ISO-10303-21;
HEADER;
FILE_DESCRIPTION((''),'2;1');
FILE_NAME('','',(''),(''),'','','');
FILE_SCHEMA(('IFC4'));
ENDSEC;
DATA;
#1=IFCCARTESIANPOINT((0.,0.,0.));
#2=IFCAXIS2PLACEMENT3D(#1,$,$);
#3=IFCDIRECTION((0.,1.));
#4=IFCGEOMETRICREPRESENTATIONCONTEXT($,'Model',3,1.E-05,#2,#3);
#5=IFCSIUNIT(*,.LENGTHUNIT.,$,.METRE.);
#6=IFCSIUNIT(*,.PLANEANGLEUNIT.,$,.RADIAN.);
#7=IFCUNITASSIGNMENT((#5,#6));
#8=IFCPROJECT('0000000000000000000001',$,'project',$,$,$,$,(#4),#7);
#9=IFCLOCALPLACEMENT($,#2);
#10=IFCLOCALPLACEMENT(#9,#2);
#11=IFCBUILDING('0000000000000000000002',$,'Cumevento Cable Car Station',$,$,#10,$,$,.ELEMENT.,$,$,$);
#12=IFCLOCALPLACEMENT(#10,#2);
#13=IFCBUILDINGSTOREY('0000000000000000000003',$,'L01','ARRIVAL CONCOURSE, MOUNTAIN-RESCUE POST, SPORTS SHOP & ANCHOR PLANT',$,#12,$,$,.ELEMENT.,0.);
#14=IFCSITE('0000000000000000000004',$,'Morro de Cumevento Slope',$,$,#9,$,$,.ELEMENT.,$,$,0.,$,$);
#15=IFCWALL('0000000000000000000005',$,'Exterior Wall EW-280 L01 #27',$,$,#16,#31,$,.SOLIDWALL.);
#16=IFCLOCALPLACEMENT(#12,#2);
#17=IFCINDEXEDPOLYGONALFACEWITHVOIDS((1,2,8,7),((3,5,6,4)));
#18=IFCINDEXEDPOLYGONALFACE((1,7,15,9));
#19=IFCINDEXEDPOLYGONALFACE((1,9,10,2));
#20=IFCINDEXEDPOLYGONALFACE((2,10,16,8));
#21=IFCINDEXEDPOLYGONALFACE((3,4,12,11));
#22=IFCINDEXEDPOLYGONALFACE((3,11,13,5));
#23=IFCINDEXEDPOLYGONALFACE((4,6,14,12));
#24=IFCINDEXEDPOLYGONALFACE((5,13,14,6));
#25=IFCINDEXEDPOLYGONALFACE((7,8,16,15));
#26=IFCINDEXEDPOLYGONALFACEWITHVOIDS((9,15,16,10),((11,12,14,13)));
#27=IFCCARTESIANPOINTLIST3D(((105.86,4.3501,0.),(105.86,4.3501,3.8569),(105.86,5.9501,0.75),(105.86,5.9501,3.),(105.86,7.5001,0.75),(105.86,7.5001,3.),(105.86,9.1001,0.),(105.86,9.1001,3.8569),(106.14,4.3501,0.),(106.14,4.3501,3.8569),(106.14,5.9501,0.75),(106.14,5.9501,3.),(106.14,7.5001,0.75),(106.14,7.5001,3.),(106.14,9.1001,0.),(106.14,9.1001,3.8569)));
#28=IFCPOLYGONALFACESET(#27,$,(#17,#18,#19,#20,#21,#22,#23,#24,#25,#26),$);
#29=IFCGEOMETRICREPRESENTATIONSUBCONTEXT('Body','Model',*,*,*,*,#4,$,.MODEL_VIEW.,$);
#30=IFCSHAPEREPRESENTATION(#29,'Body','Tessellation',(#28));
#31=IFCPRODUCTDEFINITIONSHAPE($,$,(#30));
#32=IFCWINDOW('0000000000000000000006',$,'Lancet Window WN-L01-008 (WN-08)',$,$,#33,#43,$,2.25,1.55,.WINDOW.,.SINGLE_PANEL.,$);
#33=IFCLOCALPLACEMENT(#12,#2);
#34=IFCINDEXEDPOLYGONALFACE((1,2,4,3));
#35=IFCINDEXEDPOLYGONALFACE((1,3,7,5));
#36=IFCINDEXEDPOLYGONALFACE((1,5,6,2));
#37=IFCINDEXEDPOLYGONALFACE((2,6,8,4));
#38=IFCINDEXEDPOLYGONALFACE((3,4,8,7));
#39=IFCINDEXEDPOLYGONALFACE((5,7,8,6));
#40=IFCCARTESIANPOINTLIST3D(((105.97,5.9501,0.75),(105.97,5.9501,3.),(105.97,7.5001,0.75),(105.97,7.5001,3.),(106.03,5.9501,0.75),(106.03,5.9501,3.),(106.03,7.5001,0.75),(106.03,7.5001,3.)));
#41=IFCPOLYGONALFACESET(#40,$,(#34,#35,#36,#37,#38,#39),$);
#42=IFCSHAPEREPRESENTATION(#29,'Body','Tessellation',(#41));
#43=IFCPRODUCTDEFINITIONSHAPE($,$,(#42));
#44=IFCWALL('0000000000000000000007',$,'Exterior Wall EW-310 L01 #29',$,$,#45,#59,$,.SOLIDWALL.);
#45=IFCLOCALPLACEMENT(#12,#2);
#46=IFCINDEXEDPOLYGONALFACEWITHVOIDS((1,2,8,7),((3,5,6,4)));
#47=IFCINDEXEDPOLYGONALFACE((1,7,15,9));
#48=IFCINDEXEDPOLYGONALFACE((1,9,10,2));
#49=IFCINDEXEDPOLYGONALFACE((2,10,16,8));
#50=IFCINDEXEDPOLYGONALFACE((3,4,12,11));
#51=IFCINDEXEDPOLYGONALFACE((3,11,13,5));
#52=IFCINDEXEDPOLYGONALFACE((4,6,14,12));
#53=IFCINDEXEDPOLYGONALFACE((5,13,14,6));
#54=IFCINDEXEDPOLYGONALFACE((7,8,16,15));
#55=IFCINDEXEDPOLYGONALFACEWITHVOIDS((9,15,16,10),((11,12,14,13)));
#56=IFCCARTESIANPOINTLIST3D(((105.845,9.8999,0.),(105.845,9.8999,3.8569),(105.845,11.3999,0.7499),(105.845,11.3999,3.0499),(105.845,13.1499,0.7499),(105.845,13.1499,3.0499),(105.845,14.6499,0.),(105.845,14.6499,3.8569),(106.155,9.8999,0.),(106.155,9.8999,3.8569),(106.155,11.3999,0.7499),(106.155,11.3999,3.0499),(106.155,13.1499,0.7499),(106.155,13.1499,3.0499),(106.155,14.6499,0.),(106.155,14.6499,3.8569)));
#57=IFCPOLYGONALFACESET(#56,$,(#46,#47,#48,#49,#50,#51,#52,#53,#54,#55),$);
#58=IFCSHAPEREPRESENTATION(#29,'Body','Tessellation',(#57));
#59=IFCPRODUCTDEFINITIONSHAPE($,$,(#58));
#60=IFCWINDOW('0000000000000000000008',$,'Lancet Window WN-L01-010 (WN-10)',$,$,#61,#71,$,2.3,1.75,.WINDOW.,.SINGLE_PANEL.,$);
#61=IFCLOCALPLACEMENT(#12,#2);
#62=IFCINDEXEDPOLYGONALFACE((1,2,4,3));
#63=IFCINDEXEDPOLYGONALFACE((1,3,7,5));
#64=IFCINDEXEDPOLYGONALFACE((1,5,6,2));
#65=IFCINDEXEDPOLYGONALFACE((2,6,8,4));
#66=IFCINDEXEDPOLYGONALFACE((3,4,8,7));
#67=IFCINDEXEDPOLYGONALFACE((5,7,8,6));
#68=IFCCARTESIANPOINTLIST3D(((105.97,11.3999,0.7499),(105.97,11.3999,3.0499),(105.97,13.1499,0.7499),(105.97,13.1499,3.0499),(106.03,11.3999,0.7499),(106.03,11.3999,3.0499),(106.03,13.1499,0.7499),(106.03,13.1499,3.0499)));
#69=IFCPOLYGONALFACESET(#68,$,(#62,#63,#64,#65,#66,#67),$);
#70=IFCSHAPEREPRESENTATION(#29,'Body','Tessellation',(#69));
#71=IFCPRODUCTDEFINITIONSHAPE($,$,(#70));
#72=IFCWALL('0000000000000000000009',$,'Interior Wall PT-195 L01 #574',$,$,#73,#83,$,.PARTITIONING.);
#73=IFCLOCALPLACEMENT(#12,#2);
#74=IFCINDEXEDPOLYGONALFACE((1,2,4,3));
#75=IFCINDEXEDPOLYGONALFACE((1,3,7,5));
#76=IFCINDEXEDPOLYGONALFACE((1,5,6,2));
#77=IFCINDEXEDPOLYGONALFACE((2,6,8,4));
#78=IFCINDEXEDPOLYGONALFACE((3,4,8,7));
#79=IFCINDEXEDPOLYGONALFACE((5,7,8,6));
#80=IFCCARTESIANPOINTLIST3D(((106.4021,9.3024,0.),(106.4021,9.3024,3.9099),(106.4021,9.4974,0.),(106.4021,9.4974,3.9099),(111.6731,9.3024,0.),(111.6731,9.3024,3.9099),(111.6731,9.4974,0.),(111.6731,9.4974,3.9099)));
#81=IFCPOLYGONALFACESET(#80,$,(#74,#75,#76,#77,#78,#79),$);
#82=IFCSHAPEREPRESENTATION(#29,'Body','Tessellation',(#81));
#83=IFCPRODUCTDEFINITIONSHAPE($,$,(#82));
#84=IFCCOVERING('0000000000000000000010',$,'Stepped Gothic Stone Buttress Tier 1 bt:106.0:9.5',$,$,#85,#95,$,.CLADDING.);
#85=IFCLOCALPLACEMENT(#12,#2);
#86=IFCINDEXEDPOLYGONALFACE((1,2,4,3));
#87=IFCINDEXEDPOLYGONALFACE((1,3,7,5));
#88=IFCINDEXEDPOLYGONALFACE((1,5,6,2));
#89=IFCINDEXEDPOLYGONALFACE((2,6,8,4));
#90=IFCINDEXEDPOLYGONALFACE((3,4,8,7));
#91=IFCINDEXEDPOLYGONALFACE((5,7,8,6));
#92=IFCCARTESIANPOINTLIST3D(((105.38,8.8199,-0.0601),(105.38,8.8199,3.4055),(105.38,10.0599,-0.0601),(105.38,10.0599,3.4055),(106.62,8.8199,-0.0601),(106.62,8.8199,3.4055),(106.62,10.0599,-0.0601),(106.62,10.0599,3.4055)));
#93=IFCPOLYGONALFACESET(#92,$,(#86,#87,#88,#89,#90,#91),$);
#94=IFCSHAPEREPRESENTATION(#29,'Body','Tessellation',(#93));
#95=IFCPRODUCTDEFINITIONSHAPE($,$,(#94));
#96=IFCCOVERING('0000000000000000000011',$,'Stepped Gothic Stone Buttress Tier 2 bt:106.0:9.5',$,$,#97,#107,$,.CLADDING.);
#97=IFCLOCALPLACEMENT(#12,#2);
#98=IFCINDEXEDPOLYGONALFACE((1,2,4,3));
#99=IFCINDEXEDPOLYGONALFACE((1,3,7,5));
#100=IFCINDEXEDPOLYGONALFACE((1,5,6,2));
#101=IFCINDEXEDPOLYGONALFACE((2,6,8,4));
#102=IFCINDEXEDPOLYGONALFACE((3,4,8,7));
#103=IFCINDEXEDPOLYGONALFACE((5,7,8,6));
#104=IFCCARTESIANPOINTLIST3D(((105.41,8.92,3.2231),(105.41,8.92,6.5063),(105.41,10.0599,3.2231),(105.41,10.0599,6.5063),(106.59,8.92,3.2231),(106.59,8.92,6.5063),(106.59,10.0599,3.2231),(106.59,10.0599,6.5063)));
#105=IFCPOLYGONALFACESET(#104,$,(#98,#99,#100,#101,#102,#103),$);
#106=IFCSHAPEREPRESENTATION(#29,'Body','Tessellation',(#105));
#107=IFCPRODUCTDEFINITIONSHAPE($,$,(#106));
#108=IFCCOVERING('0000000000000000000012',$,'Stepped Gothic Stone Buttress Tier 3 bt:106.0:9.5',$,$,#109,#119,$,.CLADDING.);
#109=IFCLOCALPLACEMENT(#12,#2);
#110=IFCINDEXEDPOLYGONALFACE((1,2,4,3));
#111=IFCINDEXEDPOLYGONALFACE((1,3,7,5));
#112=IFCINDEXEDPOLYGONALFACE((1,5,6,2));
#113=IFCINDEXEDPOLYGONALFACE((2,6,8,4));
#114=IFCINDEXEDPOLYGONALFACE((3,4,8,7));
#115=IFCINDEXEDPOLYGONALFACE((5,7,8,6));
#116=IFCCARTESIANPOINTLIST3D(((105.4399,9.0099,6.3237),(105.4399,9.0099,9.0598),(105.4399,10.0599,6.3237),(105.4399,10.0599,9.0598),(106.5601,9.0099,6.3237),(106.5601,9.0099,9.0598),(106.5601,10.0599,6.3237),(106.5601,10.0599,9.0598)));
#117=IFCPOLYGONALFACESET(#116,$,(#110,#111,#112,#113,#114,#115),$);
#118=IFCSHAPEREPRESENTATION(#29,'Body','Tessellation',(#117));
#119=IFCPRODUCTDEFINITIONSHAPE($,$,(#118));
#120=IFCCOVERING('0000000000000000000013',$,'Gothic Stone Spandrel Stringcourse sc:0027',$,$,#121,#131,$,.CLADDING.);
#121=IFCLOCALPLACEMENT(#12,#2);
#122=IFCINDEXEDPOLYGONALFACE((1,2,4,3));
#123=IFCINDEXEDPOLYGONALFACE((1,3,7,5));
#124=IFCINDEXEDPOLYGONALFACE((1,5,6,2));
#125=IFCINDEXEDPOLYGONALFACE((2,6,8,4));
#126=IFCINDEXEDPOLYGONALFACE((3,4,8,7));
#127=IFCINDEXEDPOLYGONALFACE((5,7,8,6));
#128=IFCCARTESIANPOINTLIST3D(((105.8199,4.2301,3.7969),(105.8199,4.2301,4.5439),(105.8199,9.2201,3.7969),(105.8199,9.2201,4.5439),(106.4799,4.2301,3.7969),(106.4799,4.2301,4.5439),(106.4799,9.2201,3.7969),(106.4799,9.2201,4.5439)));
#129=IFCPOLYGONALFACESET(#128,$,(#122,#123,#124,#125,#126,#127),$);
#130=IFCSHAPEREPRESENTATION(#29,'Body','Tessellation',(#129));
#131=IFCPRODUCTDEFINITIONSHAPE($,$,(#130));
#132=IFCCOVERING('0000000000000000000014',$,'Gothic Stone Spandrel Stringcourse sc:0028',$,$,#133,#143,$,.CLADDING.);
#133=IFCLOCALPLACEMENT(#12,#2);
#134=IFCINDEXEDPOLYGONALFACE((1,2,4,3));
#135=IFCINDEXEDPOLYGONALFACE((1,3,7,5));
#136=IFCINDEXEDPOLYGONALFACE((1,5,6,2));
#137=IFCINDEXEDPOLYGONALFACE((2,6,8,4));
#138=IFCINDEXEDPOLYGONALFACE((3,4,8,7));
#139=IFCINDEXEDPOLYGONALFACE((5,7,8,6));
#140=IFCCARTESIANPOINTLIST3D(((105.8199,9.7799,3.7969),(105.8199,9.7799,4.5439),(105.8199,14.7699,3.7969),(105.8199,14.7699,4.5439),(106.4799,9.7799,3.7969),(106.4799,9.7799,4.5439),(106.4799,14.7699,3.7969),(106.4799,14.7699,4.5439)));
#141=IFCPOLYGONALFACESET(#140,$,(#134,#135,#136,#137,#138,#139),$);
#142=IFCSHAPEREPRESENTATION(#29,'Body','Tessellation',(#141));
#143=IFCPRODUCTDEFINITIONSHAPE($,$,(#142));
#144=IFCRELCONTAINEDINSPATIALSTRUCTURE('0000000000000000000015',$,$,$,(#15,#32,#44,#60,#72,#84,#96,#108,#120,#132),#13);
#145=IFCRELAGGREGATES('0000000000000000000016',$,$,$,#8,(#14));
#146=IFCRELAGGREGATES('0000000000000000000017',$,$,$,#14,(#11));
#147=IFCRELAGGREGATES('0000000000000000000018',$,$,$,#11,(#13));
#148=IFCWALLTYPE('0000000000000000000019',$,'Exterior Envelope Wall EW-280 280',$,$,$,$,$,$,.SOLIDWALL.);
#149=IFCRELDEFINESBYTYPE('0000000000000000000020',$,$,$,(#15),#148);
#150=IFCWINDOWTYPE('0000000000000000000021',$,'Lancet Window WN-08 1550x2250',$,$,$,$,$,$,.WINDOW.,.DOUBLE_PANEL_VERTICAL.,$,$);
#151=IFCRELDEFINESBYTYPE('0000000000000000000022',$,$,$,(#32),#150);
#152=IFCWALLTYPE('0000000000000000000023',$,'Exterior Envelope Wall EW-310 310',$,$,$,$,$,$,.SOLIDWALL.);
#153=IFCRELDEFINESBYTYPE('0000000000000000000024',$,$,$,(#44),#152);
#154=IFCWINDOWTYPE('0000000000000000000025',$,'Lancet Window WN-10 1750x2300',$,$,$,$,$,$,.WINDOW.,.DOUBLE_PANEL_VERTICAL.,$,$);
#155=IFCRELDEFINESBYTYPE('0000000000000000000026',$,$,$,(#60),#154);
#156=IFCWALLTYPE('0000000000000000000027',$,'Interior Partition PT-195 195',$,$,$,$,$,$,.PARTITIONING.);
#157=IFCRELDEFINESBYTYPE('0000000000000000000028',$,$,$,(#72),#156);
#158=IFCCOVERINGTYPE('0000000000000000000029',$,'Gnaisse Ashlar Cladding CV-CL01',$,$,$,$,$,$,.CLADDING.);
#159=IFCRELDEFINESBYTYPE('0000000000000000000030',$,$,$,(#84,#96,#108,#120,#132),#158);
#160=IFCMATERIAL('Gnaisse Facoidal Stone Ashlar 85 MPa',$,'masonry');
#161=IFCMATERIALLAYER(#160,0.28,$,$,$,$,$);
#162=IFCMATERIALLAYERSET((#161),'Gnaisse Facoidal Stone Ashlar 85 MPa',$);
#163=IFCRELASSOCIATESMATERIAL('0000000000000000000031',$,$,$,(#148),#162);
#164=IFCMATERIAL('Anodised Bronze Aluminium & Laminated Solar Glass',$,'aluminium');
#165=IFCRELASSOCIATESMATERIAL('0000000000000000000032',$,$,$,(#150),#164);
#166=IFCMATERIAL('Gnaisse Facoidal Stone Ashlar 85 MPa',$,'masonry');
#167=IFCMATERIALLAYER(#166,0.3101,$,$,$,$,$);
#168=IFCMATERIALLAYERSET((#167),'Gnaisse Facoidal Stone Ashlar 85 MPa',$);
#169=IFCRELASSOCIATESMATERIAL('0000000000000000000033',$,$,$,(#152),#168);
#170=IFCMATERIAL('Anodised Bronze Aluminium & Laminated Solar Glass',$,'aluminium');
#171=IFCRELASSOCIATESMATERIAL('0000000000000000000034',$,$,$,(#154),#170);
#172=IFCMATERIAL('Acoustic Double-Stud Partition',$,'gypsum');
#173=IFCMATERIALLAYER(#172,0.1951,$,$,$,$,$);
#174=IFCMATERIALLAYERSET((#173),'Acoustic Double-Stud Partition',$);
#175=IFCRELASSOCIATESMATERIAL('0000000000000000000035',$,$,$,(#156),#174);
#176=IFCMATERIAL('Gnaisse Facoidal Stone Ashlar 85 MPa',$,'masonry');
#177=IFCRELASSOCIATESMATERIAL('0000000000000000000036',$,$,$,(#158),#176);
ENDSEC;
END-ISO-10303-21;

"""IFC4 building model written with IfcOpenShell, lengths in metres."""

from ifc_helpers import new_model, si_unit, direction, frame, frame_2d, origin, origin_2d, place, context, subcontext, project, spatial, rectangle, extrude, material, layer, layer_set, type_object, element, fill, save


model = new_model("IFC4")

# Units and contexts
model_context = context("Model", 3, precision=1e-05, world=origin(), true_north=direction((0.0, 1.0)))
body_context = subcontext(model_context, "Body", "Model", "MODEL_VIEW")
ifc_project = project(units=[si_unit("LENGTHUNIT", "METRE"), si_unit("PLANEANGLEUNIT", "RADIAN")], contexts=[model_context])

# Site, building, storey
site_placement = place(None, origin())
site = spatial("IfcSite", under=ifc_project, at=site_placement, Name="Morro de Cumevento Slope", CompositionType="ELEMENT", RefElevation=0.0)
building_placement = place(site_placement, origin())
building = spatial("IfcBuilding", under=site, at=building_placement, Name="Cumevento Cable Car Station", CompositionType="ELEMENT")
storey_placement = place(building_placement, origin())
storey = spatial("IfcBuildingStorey", under=building, at=storey_placement, Name="L01", Description="ARRIVAL CONCOURSE, MOUNTAIN-RESCUE POST, SPORTS SHOP & ANCHOR PLANT", CompositionType="ELEMENT", Elevation=0.0)

# Walls, openings, windows
ifc_material_1 = material(Name="Gnaisse Facoidal Stone Ashlar 85 MPa", Category="masonry")
ifc_layer_1 = layer(ifc_material_1, 0.28)
ifc_layer_set_1 = layer_set([ifc_layer_1], Name="Gnaisse Facoidal Stone Ashlar 85 MPa")
wall_type_1 = type_object("IfcWallType", Name="Exterior Envelope Wall EW-280 280", PredefinedType="SOLIDWALL", material=ifc_layer_set_1)
wall_1_placement = place(storey_placement, frame((106.0, 4.3501, 0.0), z_axis=(0.0, 0.0, 1.0), x_axis=(0.0, 1.0, 0.0)))
wall_1 = element("IfcWall", 1, at=wall_1_placement, inside=storey, type_object=wall_type_1, Name="Exterior Wall EW-280 L01 #27", PredefinedType="SOLIDWALL", context=body_context, shape_type="SweptSolid", body=[
    extrude(rectangle(XDim=4.75, YDim=0.28, at=frame_2d((2.375, 0.0))), origin(), (0.0, 0.0, 1.0), 3.8569),
])
opening_1_placement = place(wall_1_placement, frame((1.6001, 0.0, 0.75)))
opening_1 = element("IfcOpeningElement", 2, at=opening_1_placement, cuts=wall_1, PredefinedType="OPENING", context=body_context, shape_type="SweptSolid", body=[
    extrude(rectangle(XDim=1.55, YDim=2.25, at=frame_2d((0.7749, 1.125))), frame((0.0, 0.1501, 0.0), z_axis=(0.0, -1.0, 0.0), x_axis=(1.0, 0.0, 0.0)), (0.0, 0.0, 1.0), 0.3),
])
ifc_material_2 = material(Name="Anodised Bronze Aluminium & Laminated Solar Glass", Category="aluminium")
window_type_1 = type_object("IfcWindowType", Name="Lancet Window WN-08 1550x2250", PartitioningType="DOUBLE_PANEL_VERTICAL", PredefinedType="WINDOW", material=ifc_material_2)
window_1_placement = place(opening_1_placement, origin())
window_1 = element("IfcWindow", 3, at=window_1_placement, inside=storey, type_object=window_type_1, Name="Lancet Window WN-L01-008 (WN-08)", OverallHeight=2.25, OverallWidth=1.55, PartitioningType="SINGLE_PANEL", PredefinedType="WINDOW", context=body_context, shape_type="SweptSolid", body=[
    extrude(rectangle(XDim=1.55, YDim=2.25, at=frame_2d((0.7749, 1.125))), frame((0.0, 0.03, 0.0), z_axis=(0.0, -1.0, 0.0), x_axis=(1.0, 0.0, 0.0)), (0.0, 0.0, 1.0), 0.0601),
])
fill(opening_1, window_1)
ifc_material_3 = material(Name="Gnaisse Facoidal Stone Ashlar 85 MPa", Category="masonry")
ifc_layer_2 = layer(ifc_material_3, 0.3101)
ifc_layer_set_2 = layer_set([ifc_layer_2], Name="Gnaisse Facoidal Stone Ashlar 85 MPa")
wall_type_2 = type_object("IfcWallType", Name="Exterior Envelope Wall EW-310 310", PredefinedType="SOLIDWALL", material=ifc_layer_set_2)
wall_2_placement = place(storey_placement, frame((106.0, 9.8999, 0.0), z_axis=(0.0, 0.0, 1.0), x_axis=(0.0, 1.0, 0.0)))
wall_2 = element("IfcWall", 4, at=wall_2_placement, inside=storey, type_object=wall_type_2, Name="Exterior Wall EW-310 L01 #29", PredefinedType="SOLIDWALL", context=body_context, shape_type="SweptSolid", body=[
    extrude(rectangle(XDim=4.75, YDim=0.3101, at=frame_2d((2.375, 0.0))), origin(), (0.0, 0.0, 1.0), 3.8569),
])
opening_2_placement = place(wall_2_placement, frame((1.5, 0.0, 0.75)))
opening_2 = element("IfcOpeningElement", 5, at=opening_2_placement, cuts=wall_2, PredefinedType="OPENING", context=body_context, shape_type="SweptSolid", body=[
    extrude(rectangle(XDim=1.75, YDim=2.3, at=frame_2d((0.875, 1.1499))), frame((0.0, 0.165, 0.0), z_axis=(0.0, -1.0, 0.0), x_axis=(1.0, 0.0, 0.0)), (0.0, 0.0, 1.0), 0.3301),
])
ifc_material_4 = material(Name="Anodised Bronze Aluminium & Laminated Solar Glass", Category="aluminium")
window_type_2 = type_object("IfcWindowType", Name="Lancet Window WN-10 1750x2300", PartitioningType="DOUBLE_PANEL_VERTICAL", PredefinedType="WINDOW", material=ifc_material_4)
window_2_placement = place(opening_2_placement, origin())
window_2 = element("IfcWindow", 6, at=window_2_placement, inside=storey, type_object=window_type_2, Name="Lancet Window WN-L01-010 (WN-10)", OverallHeight=2.3, OverallWidth=1.75, PartitioningType="SINGLE_PANEL", PredefinedType="WINDOW", context=body_context, shape_type="SweptSolid", body=[
    extrude(rectangle(XDim=1.75, YDim=2.3, at=frame_2d((0.875, 1.1499))), frame((0.0, 0.03, 0.0), z_axis=(0.0, -1.0, 0.0), x_axis=(1.0, 0.0, 0.0)), (0.0, 0.0, 1.0), 0.0601),
])
fill(opening_2, window_2)

# Wall
ifc_material_5 = material(Name="Acoustic Double-Stud Partition", Category="gypsum")
ifc_layer_3 = layer(ifc_material_5, 0.1951)
ifc_layer_set_3 = layer_set([ifc_layer_3], Name="Acoustic Double-Stud Partition")
wall_type_3 = type_object("IfcWallType", Name="Interior Partition PT-195 195", PredefinedType="PARTITIONING", material=ifc_layer_set_3)
wall_3_placement = place(storey_placement, frame((106.4021, 9.3999, 0.0), z_axis=(0.0, 0.0, 1.0), x_axis=(1.0, 0.0, 0.0)))
element("IfcWall", 7, at=wall_3_placement, inside=storey, type_object=wall_type_3, Name="Interior Wall PT-195 L01 #574", PredefinedType="PARTITIONING", context=body_context, shape_type="SweptSolid", body=[
    extrude(rectangle(XDim=5.271, YDim=0.1951, at=frame_2d((2.6355, 0.0))), origin(), (0.0, 0.0, 1.0), 3.9099),
])

# Coverings
ifc_material_6 = material(Name="Gnaisse Facoidal Stone Ashlar 85 MPa", Category="masonry")
covering_type = type_object("IfcCoveringType", Name="Gnaisse Ashlar Cladding CV-CL01", PredefinedType="CLADDING", material=ifc_material_6)
covering_1_placement = place(storey_placement, frame((106.0, 9.4399, -0.0601), z_axis=(0.0, 0.0, 1.0), x_axis=(1.0, 0.0, 0.0)))
element("IfcCovering", 8, at=covering_1_placement, inside=storey, type_object=covering_type, Name="Stepped Gothic Stone Buttress Tier 1 bt:106.0:9.5", PredefinedType="CLADDING", context=body_context, shape_type="SweptSolid", body=[
    extrude(rectangle(XDim=1.24, YDim=1.24, at=origin_2d()), origin(), (0.0, 0.0, 1.0), 3.4656),
])
covering_2_placement = place(storey_placement, frame((106.0, 9.49, 3.2231), z_axis=(0.0, 0.0, 1.0), x_axis=(1.0, 0.0, 0.0)))
element("IfcCovering", 9, at=covering_2_placement, inside=storey, type_object=covering_type, Name="Stepped Gothic Stone Buttress Tier 2 bt:106.0:9.5", PredefinedType="CLADDING", context=body_context, shape_type="SweptSolid", body=[
    extrude(rectangle(XDim=1.1799, YDim=1.1399, at=origin_2d()), origin(), (0.0, 0.0, 1.0), 3.2832),
])
covering_3_placement = place(storey_placement, frame((106.0, 9.5349, 6.3237), z_axis=(0.0, 0.0, 1.0), x_axis=(1.0, 0.0, 0.0)))
element("IfcCovering", 10, at=covering_3_placement, inside=storey, type_object=covering_type, Name="Stepped Gothic Stone Buttress Tier 3 bt:106.0:9.5", PredefinedType="CLADDING", context=body_context, shape_type="SweptSolid", body=[
    extrude(rectangle(XDim=1.1201, YDim=1.05, at=origin_2d()), origin(), (0.0, 0.0, 1.0), 2.7361),
])
for number, where, z_axis, x_axis, name in (
    (11, (106.1499, 6.7251, 3.7969), (0.0, 0.0, 1.0), (0.0, 1.0, 0.0), "Gothic Stone Spandrel Stringcourse sc:0027"),
    (12, (106.1499, 12.2749, 3.7969), (0.0, 0.0, 1.0), (0.0, 1.0, 0.0), "Gothic Stone Spandrel Stringcourse sc:0028"),
):
    element("IfcCovering", number, at=place(storey_placement, frame(where, z_axis=z_axis, x_axis=x_axis)), inside=storey, type_object=covering_type, Name=name, PredefinedType="CLADDING", context=body_context, shape_type="SweptSolid", body=[
        extrude(rectangle(XDim=4.99, YDim=0.6599, at=origin_2d()), origin(), (0.0, 0.0, 1.0), 0.7471),
    ])

save(model, "model.ifc")
